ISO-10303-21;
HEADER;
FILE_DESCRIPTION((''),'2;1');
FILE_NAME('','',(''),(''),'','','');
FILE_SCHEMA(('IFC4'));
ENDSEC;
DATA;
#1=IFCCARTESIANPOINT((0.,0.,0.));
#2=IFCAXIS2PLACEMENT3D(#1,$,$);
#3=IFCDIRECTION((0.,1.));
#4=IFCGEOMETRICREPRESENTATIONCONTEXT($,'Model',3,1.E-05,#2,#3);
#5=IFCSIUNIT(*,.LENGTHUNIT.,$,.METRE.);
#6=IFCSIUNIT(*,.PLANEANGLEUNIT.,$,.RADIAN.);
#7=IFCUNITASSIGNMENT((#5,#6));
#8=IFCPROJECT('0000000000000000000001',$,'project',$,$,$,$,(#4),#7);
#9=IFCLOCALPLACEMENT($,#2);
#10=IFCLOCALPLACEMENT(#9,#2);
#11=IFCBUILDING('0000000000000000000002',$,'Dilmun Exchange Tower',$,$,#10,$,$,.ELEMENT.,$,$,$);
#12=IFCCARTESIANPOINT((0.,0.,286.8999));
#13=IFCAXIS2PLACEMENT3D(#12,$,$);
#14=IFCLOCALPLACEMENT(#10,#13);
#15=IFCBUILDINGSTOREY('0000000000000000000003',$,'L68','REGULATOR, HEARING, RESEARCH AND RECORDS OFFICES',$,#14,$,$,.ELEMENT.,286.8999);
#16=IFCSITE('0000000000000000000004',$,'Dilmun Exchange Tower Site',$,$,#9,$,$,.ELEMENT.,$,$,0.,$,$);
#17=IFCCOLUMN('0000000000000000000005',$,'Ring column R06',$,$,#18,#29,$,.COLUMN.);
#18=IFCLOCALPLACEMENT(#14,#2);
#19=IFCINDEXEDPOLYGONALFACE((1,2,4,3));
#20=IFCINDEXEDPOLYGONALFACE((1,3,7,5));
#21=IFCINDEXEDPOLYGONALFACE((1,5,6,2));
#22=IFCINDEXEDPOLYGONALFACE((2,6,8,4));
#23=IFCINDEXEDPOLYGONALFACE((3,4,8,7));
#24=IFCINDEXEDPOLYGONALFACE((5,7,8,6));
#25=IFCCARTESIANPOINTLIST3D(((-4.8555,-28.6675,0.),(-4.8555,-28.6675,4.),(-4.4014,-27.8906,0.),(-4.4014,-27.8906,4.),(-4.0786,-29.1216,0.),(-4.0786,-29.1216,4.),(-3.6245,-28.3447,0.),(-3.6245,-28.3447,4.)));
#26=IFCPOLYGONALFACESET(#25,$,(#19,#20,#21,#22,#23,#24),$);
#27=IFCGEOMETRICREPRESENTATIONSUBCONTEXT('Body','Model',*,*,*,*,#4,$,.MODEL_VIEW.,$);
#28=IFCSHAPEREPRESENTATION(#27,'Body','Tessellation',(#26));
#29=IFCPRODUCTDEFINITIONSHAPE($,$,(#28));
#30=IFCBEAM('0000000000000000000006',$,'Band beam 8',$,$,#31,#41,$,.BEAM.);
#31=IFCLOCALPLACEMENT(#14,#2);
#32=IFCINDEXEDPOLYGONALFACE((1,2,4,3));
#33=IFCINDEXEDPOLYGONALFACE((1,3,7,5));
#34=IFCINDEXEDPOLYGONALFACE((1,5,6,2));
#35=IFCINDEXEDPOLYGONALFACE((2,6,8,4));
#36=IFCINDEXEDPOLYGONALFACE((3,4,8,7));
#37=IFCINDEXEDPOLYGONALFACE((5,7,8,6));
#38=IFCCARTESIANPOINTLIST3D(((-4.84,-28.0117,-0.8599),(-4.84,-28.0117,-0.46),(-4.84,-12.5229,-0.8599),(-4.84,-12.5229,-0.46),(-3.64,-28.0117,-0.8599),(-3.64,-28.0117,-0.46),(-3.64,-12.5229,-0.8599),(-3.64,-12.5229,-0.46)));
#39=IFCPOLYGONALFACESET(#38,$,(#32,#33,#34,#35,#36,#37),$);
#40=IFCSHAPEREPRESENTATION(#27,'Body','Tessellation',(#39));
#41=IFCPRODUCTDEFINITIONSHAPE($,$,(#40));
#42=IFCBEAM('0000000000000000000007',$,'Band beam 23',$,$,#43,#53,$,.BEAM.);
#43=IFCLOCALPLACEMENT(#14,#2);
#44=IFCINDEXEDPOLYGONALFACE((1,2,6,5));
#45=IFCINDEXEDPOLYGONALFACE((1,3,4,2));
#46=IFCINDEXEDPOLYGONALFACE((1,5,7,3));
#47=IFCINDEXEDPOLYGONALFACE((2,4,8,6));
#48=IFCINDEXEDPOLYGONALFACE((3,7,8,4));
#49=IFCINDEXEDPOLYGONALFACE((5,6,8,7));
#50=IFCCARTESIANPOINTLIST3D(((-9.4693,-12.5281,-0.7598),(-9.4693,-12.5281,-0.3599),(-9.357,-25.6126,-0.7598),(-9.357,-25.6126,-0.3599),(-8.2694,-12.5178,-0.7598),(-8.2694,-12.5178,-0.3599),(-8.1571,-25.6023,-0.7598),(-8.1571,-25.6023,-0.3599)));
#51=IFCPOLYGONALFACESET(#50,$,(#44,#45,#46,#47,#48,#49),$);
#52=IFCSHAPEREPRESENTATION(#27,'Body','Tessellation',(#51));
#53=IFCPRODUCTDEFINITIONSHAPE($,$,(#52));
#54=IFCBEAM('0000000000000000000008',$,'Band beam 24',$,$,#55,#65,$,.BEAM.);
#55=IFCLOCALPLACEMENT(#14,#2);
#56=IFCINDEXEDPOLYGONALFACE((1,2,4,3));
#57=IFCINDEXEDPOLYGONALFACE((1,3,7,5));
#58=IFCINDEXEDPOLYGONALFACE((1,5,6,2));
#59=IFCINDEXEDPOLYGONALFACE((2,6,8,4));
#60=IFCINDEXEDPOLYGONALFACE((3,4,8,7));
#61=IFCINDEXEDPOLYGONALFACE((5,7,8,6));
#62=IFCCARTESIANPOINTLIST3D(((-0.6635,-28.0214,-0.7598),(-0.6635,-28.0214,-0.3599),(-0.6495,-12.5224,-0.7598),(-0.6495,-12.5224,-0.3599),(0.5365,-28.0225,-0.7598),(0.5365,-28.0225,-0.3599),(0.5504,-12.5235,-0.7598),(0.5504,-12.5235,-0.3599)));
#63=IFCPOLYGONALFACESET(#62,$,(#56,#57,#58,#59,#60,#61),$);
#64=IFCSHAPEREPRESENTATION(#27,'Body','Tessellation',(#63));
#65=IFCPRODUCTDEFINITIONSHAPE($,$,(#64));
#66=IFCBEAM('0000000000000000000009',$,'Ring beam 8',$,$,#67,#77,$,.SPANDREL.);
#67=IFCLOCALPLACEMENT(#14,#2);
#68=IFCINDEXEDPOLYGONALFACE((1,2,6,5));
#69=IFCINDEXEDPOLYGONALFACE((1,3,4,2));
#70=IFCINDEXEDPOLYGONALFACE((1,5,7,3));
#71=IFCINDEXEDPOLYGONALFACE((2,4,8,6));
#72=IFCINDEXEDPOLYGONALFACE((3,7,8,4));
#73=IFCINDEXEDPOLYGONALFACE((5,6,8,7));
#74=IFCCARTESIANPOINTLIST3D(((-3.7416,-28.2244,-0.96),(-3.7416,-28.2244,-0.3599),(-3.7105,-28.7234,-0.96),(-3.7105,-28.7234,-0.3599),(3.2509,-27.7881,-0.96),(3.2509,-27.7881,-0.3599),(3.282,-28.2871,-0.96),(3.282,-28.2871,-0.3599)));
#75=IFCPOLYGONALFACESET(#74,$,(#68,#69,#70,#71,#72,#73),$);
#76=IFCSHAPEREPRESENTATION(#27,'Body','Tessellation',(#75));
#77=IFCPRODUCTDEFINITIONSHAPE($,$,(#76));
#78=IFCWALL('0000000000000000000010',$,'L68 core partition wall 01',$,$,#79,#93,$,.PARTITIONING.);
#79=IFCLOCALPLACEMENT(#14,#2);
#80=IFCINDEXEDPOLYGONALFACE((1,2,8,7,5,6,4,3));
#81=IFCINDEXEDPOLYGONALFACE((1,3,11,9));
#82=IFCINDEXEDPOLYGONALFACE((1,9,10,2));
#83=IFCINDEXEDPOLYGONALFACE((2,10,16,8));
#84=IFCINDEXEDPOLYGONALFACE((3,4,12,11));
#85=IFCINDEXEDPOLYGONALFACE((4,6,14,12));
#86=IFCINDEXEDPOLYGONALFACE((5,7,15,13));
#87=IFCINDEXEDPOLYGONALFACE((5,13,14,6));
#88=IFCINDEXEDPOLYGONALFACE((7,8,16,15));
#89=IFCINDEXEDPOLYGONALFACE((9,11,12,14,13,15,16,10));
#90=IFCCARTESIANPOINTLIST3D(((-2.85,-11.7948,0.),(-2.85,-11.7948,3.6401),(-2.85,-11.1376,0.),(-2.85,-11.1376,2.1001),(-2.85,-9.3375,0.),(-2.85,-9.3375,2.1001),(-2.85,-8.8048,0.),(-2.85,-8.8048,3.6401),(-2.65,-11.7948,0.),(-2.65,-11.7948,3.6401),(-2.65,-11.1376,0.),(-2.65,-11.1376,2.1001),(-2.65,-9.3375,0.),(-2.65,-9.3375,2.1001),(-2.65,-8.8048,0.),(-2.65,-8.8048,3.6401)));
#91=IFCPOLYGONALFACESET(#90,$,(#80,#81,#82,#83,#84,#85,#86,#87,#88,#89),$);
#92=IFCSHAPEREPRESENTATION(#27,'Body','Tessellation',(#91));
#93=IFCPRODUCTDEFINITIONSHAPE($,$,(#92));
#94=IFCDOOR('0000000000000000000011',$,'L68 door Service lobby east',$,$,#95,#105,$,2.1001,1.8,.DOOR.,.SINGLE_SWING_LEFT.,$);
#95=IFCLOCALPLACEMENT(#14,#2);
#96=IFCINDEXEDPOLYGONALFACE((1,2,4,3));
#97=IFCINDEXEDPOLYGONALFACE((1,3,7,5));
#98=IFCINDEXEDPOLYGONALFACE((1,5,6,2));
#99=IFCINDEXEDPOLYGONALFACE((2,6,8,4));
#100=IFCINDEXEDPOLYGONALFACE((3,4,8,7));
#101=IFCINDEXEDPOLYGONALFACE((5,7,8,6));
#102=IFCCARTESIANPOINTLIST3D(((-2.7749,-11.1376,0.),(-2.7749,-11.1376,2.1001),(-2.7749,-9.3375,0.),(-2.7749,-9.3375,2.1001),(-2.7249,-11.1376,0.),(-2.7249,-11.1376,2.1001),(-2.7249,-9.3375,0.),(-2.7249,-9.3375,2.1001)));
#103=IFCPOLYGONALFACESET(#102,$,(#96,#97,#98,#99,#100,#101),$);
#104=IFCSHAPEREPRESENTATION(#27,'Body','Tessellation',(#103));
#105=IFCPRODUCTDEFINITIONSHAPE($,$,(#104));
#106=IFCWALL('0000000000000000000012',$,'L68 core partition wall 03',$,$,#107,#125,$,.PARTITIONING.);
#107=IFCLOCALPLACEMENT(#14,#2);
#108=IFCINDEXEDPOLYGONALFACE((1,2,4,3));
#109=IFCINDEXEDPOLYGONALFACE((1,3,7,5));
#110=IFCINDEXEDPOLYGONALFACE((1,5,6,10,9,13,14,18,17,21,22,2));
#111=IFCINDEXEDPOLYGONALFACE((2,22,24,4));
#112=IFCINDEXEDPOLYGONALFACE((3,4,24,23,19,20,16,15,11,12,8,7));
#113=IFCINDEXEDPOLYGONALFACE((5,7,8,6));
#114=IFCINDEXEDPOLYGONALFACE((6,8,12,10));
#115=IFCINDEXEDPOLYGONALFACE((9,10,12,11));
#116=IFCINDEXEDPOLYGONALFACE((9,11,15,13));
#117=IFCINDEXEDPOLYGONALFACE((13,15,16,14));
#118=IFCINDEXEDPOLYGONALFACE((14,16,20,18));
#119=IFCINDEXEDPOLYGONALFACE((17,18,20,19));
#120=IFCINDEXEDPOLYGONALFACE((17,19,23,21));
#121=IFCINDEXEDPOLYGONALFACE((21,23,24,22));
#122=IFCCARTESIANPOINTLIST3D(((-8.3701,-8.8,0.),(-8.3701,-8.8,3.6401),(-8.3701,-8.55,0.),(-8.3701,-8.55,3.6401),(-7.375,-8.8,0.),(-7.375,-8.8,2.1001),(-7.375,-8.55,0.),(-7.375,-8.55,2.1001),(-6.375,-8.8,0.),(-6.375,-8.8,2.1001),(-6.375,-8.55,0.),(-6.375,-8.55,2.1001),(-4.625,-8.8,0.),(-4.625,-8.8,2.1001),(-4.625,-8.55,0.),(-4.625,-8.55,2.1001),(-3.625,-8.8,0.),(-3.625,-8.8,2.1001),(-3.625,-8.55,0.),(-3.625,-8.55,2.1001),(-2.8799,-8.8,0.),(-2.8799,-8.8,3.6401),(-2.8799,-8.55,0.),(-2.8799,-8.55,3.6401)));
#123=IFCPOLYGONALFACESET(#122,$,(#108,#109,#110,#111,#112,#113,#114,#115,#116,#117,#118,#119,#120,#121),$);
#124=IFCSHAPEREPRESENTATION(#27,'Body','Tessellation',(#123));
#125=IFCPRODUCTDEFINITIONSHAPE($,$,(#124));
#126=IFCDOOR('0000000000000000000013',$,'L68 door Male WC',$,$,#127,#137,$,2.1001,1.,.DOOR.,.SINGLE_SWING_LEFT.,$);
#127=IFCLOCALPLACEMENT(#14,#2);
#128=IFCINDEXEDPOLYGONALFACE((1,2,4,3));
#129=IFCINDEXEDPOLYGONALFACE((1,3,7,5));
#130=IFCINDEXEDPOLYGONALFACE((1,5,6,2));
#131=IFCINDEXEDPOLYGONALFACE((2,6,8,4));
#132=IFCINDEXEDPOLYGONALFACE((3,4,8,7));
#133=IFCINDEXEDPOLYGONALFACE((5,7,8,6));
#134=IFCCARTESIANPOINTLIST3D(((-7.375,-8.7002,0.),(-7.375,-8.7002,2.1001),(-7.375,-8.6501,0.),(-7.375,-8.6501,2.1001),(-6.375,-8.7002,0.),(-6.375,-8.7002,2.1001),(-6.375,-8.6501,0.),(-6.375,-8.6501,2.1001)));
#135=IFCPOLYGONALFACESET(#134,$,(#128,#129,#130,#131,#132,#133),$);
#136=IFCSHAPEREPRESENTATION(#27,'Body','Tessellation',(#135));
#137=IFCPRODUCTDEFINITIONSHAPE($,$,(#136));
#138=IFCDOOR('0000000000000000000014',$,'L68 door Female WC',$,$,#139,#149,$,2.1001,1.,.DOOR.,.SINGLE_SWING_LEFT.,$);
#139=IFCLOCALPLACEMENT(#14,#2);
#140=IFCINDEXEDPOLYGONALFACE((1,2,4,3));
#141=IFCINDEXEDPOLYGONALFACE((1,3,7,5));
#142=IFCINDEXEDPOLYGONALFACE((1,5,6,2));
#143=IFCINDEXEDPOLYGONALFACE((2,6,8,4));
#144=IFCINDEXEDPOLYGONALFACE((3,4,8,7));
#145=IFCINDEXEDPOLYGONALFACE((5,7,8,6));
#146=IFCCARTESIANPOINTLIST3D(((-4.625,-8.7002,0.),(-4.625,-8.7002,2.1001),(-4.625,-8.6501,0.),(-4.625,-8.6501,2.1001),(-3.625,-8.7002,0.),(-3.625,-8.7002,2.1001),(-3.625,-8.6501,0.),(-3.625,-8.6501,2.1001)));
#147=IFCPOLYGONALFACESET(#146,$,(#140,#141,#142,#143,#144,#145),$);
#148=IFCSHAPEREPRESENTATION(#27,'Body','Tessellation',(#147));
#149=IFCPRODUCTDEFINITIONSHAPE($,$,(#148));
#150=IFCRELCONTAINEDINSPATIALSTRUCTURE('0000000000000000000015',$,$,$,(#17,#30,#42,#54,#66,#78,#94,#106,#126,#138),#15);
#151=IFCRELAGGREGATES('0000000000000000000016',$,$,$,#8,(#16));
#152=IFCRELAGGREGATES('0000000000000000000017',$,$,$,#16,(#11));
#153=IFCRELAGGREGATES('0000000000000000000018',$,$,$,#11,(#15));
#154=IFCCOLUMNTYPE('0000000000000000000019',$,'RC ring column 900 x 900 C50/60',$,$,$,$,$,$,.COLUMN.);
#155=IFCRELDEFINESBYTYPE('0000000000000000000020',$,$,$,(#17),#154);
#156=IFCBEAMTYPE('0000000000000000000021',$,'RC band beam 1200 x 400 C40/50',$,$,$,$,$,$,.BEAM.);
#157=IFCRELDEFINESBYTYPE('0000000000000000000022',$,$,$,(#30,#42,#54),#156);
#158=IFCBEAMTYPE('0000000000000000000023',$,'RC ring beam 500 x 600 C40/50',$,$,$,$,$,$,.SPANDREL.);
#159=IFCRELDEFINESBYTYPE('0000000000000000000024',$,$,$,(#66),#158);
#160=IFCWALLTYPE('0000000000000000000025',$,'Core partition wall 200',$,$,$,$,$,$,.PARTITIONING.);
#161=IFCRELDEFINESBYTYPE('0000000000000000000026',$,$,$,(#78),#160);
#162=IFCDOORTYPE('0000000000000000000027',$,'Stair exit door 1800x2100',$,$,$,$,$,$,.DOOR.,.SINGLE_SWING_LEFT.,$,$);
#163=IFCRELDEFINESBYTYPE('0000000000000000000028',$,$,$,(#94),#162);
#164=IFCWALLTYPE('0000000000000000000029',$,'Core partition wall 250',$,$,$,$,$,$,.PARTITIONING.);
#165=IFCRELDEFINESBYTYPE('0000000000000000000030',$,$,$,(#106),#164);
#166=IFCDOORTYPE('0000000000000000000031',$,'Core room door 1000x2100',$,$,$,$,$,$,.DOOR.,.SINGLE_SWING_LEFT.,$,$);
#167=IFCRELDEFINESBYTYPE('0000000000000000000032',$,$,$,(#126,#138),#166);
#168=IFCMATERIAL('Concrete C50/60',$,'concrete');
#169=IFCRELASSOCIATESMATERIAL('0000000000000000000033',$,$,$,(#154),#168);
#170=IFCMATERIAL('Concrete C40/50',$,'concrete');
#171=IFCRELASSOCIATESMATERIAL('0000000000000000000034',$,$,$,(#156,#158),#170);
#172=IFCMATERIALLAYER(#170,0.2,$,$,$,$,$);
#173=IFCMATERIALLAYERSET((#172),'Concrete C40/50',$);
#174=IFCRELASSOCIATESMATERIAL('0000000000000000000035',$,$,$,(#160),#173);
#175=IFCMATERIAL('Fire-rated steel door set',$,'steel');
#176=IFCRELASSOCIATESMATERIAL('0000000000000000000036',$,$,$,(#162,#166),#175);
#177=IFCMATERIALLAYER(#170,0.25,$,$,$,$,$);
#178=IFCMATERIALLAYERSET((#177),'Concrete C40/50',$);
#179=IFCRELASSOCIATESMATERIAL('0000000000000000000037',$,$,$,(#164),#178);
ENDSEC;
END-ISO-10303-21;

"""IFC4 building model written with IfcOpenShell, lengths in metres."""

from ifc_helpers import new_model, si_unit, direction, frame, frame_2d, origin, origin_2d, place, context, subcontext, project, spatial, rectangle, extrude, material, layer, layer_set, material_profile, profile_set, type_object, element, fill, save


model = new_model("IFC4")

# Units and contexts
model_context = context("Model", 3, precision=1e-05, world=origin(), true_north=direction((0.0, 1.0)))
body_context = subcontext(model_context, "Body", "Model", "MODEL_VIEW")
ifc_project = project(units=[si_unit("LENGTHUNIT", "METRE"), si_unit("PLANEANGLEUNIT", "RADIAN")], contexts=[model_context])

# Site, building, storey
site_placement = place(None, origin())
site = spatial("IfcSite", under=ifc_project, at=site_placement, Name="Dilmun Exchange Tower Site", CompositionType="ELEMENT", RefElevation=0.0)
building_placement = place(site_placement, origin())
building = spatial("IfcBuilding", under=site, at=building_placement, Name="Dilmun Exchange Tower", CompositionType="ELEMENT")
storey_placement = place(building_placement, frame((0.0, 0.0, 286.8999)))
storey = spatial("IfcBuildingStorey", under=building, at=storey_placement, Name="L68", Description="REGULATOR, HEARING, RESEARCH AND RECORDS OFFICES", CompositionType="ELEMENT", Elevation=286.8999)

# Column
ifc_material_1 = material(Name="Concrete C50/60", Category="concrete")
ifc_material_profile_1 = material_profile(ifc_material_1, rectangle(XDim=0.8999, YDim=0.8999, at=origin_2d()), Name="900 x 900")
ifc_profile_set_1 = profile_set([ifc_material_profile_1], Name="Concrete C50/60")
column_type = type_object("IfcColumnType", Name="RC ring column 900 x 900 C50/60", PredefinedType="COLUMN", material=ifc_profile_set_1)
column_placement = place(storey_placement, frame((-4.24, -28.5061, 0.0), z_axis=(0.0, 0.0, 1.0), x_axis=(0.504644, 0.863328, 0.0)))
element("IfcColumn", 1, at=column_placement, inside=storey, type_object=column_type, Name="Ring column R06", PredefinedType="COLUMN", context=body_context, shape_type="SweptSolid", body=[
    extrude(rectangle(XDim=0.8999, YDim=0.8999, at=origin_2d()), origin(), (0.0, 0.0, 1.0), 4.0),
])

# Beams
ifc_material_2 = material(Name="Concrete C40/50", Category="concrete")
ifc_material_profile_2 = material_profile(ifc_material_2, rectangle(XDim=1.2, YDim=0.3999, at=origin_2d()), Name="1200 x 400")
ifc_profile_set_2 = profile_set([ifc_material_profile_2], Name="Concrete C40/50")
beam_type_1 = type_object("IfcBeamType", Name="RC band beam 1200 x 400 C40/50", PredefinedType="BEAM", material=ifc_profile_set_2)
beam_1_placement = place(storey_placement, frame((-4.24, -28.0117, -0.6599), z_axis=(0.0, 1.0, 0.0), x_axis=(-1.0, 0.0, 0.0)))
element("IfcBeam", 2, at=beam_1_placement, inside=storey, type_object=beam_type_1, Name="Band beam 8", PredefinedType="BEAM", context=body_context, shape_type="SweptSolid", body=[
    extrude(rectangle(XDim=1.2, YDim=0.3999, at=origin_2d()), origin(), (0.0, 0.0, 1.0), 15.4888),
])
beam_2_placement = place(storey_placement, frame((-8.7571, -25.6074, -0.5598), z_axis=(-0.008583, 0.999963, 0.0), x_axis=(-0.999963, -0.008583, 0.0)))
element("IfcBeam", 3, at=beam_2_placement, inside=storey, type_object=beam_type_1, Name="Band beam 23", PredefinedType="BEAM", context=body_context, shape_type="SweptSolid", body=[
    extrude(rectangle(XDim=1.2, YDim=0.3999, at=origin_2d()), origin(), (0.0, 0.0, 1.0), 13.085),
])
beam_3_placement = place(storey_placement, frame((-0.0635, -28.022, -0.5598), z_axis=(0.000898, 1.0, 0.0), x_axis=(-1.0, 0.000898, 0.0)))
element("IfcBeam", 4, at=beam_3_placement, inside=storey, type_object=beam_type_1, Name="Band beam 24", PredefinedType="BEAM", context=body_context, shape_type="SweptSolid", body=[
    extrude(rectangle(XDim=1.2, YDim=0.3999, at=origin_2d()), origin(), (0.0, 0.0, 1.0), 15.499),
])
ifc_material_profile_3 = material_profile(ifc_material_2, rectangle(XDim=0.5, YDim=0.6001, at=origin_2d()), Name="500 x 600")
ifc_profile_set_3 = profile_set([ifc_material_profile_3], Name="Concrete C40/50")
beam_type_2 = type_object("IfcBeamType", Name="RC ring beam 500 x 600 C40/50", PredefinedType="SPANDREL", material=ifc_profile_set_3)
beam_4_placement = place(storey_placement, frame((-3.7261, -28.4739, -0.6599), z_axis=(0.998059, 0.062272, 0.0), x_axis=(-0.062272, 0.998059, 0.0)))
element("IfcBeam", 5, at=beam_4_placement, inside=storey, type_object=beam_type_2, Name="Ring beam 8", PredefinedType="SPANDREL", context=body_context, shape_type="SweptSolid", body=[
    extrude(rectangle(XDim=0.5, YDim=0.6001, at=origin_2d()), origin(), (0.0, 0.0, 1.0), 7.0061),
])

# Wall, opening, door
ifc_layer_1 = layer(ifc_material_2, 0.2)
ifc_layer_set_1 = layer_set([ifc_layer_1], Name="Concrete C40/50")
wall_type_1 = type_object("IfcWallType", Name="Core partition wall 200", PredefinedType="PARTITIONING", material=ifc_layer_set_1)
wall_1_placement = place(storey_placement, frame((-2.75, -11.7949, 0.0), z_axis=(0.0, 0.0, 1.0), x_axis=(0.0, 1.0, 0.0)))
wall_1 = element("IfcWall", 6, at=wall_1_placement, inside=storey, type_object=wall_type_1, Name="L68 core partition wall 01", PredefinedType="PARTITIONING", context=body_context, shape_type="SweptSolid", body=[
    extrude(rectangle(XDim=2.99, YDim=0.2, at=frame_2d((1.4951, 0.0))), origin(), (0.0, 0.0, 1.0), 3.6401),
])
opening_1_placement = place(wall_1_placement, frame((0.6575, 0.0, 0.0)))
opening_1 = element("IfcOpeningElement", 7, at=opening_1_placement, cuts=wall_1, PredefinedType="OPENING", context=body_context, shape_type="SweptSolid", body=[
    extrude(rectangle(XDim=1.8, YDim=2.1001, at=frame_2d((0.8999, 1.05))), frame((0.0, 0.1099, 0.0), z_axis=(0.0, -1.0, 0.0), x_axis=(1.0, 0.0, 0.0)), (0.0, 0.0, 1.0), 0.22),
])
ifc_material_3 = material(Name="Fire-rated steel door set", Category="steel")
door_type_1 = type_object("IfcDoorType", Name="Stair exit door 1800x2100", OperationType="SINGLE_SWING_LEFT", PredefinedType="DOOR", material=ifc_material_3)
door_1_placement = place(opening_1_placement, origin())
door_1 = element("IfcDoor", 8, at=door_1_placement, inside=storey, type_object=door_type_1, Name="L68 door Service lobby east", OperationType="SINGLE_SWING_LEFT", OverallHeight=2.1001, OverallWidth=1.8, PredefinedType="DOOR", context=body_context, shape_type="SweptSolid", body=[
    extrude(rectangle(XDim=1.8, YDim=2.1001, at=frame_2d((0.8999, 1.05))), frame((0.0, 0.0249, 0.0), z_axis=(0.0, -1.0, 0.0), x_axis=(1.0, 0.0, 0.0)), (0.0, 0.0, 1.0), 0.05),
])
fill(opening_1, door_1)

# Wall, openings, doors
ifc_layer_2 = layer(ifc_material_2, 0.25)
ifc_layer_set_2 = layer_set([ifc_layer_2], Name="Concrete C40/50")
wall_type_2 = type_object("IfcWallType", Name="Core partition wall 250", PredefinedType="PARTITIONING", material=ifc_layer_set_2)
wall_2_placement = place(storey_placement, frame((-8.3701, -8.675, 0.0), z_axis=(0.0, 0.0, 1.0), x_axis=(1.0, 0.0, 0.0)))
wall_2 = element("IfcWall", 9, at=wall_2_placement, inside=storey, type_object=wall_type_2, Name="L68 core partition wall 03", PredefinedType="PARTITIONING", context=body_context, shape_type="SweptSolid", body=[
    extrude(rectangle(XDim=5.4902, YDim=0.25, at=frame_2d((2.7451, 0.0))), origin(), (0.0, 0.0, 1.0), 3.6401),
])
opening_2_placement = place(wall_2_placement, frame((0.9951, 0.0, 0.0)))
opening_2 = element("IfcOpeningElement", 10, at=opening_2_placement, cuts=wall_2, PredefinedType="OPENING", context=body_context, shape_type="SweptSolid", body=[
    extrude(rectangle(XDim=1.0, YDim=2.1001, at=frame_2d((0.5, 1.05))), frame((0.0, 0.135, 0.0), z_axis=(0.0, -1.0, 0.0), x_axis=(1.0, 0.0, 0.0)), (0.0, 0.0, 1.0), 0.27),
])
opening_3_placement = place(wall_2_placement, frame((3.7451, 0.0, 0.0)))
opening_3 = element("IfcOpeningElement", 11, at=opening_3_placement, cuts=wall_2, PredefinedType="OPENING", context=body_context, shape_type="SweptSolid", body=[
    extrude(rectangle(XDim=1.0, YDim=2.1001, at=frame_2d((0.5, 1.05))), frame((0.0, 0.135, 0.0), z_axis=(0.0, -1.0, 0.0), x_axis=(1.0, 0.0, 0.0)), (0.0, 0.0, 1.0), 0.27),
])
door_type_2 = type_object("IfcDoorType", Name="Core room door 1000x2100", OperationType="SINGLE_SWING_LEFT", PredefinedType="DOOR", material=ifc_material_3)
door_2_placement = place(opening_2_placement, origin())
door_2 = element("IfcDoor", 12, at=door_2_placement, inside=storey, type_object=door_type_2, Name="L68 door Male WC", OperationType="SINGLE_SWING_LEFT", OverallHeight=2.1001, OverallWidth=1.0, PredefinedType="DOOR", context=body_context, shape_type="SweptSolid", body=[
    extrude(rectangle(XDim=1.0, YDim=2.1001, at=frame_2d((0.5, 1.05))), frame((0.0, 0.0249, 0.0), z_axis=(0.0, -1.0, 0.0), x_axis=(1.0, 0.0, 0.0)), (0.0, 0.0, 1.0), 0.05),
])
fill(opening_2, door_2)
door_3_placement = place(opening_3_placement, origin())
door_3 = element("IfcDoor", 13, at=door_3_placement, inside=storey, type_object=door_type_2, Name="L68 door Female WC", OperationType="SINGLE_SWING_LEFT", OverallHeight=2.1001, OverallWidth=1.0, PredefinedType="DOOR", context=body_context, shape_type="SweptSolid", body=[
    extrude(rectangle(XDim=1.0, YDim=2.1001, at=frame_2d((0.5, 1.05))), frame((0.0, 0.0249, 0.0), z_axis=(0.0, -1.0, 0.0), x_axis=(1.0, 0.0, 0.0)), (0.0, 0.0, 1.0), 0.05),
])
fill(opening_3, door_3)

save(model, "model.ifc")
